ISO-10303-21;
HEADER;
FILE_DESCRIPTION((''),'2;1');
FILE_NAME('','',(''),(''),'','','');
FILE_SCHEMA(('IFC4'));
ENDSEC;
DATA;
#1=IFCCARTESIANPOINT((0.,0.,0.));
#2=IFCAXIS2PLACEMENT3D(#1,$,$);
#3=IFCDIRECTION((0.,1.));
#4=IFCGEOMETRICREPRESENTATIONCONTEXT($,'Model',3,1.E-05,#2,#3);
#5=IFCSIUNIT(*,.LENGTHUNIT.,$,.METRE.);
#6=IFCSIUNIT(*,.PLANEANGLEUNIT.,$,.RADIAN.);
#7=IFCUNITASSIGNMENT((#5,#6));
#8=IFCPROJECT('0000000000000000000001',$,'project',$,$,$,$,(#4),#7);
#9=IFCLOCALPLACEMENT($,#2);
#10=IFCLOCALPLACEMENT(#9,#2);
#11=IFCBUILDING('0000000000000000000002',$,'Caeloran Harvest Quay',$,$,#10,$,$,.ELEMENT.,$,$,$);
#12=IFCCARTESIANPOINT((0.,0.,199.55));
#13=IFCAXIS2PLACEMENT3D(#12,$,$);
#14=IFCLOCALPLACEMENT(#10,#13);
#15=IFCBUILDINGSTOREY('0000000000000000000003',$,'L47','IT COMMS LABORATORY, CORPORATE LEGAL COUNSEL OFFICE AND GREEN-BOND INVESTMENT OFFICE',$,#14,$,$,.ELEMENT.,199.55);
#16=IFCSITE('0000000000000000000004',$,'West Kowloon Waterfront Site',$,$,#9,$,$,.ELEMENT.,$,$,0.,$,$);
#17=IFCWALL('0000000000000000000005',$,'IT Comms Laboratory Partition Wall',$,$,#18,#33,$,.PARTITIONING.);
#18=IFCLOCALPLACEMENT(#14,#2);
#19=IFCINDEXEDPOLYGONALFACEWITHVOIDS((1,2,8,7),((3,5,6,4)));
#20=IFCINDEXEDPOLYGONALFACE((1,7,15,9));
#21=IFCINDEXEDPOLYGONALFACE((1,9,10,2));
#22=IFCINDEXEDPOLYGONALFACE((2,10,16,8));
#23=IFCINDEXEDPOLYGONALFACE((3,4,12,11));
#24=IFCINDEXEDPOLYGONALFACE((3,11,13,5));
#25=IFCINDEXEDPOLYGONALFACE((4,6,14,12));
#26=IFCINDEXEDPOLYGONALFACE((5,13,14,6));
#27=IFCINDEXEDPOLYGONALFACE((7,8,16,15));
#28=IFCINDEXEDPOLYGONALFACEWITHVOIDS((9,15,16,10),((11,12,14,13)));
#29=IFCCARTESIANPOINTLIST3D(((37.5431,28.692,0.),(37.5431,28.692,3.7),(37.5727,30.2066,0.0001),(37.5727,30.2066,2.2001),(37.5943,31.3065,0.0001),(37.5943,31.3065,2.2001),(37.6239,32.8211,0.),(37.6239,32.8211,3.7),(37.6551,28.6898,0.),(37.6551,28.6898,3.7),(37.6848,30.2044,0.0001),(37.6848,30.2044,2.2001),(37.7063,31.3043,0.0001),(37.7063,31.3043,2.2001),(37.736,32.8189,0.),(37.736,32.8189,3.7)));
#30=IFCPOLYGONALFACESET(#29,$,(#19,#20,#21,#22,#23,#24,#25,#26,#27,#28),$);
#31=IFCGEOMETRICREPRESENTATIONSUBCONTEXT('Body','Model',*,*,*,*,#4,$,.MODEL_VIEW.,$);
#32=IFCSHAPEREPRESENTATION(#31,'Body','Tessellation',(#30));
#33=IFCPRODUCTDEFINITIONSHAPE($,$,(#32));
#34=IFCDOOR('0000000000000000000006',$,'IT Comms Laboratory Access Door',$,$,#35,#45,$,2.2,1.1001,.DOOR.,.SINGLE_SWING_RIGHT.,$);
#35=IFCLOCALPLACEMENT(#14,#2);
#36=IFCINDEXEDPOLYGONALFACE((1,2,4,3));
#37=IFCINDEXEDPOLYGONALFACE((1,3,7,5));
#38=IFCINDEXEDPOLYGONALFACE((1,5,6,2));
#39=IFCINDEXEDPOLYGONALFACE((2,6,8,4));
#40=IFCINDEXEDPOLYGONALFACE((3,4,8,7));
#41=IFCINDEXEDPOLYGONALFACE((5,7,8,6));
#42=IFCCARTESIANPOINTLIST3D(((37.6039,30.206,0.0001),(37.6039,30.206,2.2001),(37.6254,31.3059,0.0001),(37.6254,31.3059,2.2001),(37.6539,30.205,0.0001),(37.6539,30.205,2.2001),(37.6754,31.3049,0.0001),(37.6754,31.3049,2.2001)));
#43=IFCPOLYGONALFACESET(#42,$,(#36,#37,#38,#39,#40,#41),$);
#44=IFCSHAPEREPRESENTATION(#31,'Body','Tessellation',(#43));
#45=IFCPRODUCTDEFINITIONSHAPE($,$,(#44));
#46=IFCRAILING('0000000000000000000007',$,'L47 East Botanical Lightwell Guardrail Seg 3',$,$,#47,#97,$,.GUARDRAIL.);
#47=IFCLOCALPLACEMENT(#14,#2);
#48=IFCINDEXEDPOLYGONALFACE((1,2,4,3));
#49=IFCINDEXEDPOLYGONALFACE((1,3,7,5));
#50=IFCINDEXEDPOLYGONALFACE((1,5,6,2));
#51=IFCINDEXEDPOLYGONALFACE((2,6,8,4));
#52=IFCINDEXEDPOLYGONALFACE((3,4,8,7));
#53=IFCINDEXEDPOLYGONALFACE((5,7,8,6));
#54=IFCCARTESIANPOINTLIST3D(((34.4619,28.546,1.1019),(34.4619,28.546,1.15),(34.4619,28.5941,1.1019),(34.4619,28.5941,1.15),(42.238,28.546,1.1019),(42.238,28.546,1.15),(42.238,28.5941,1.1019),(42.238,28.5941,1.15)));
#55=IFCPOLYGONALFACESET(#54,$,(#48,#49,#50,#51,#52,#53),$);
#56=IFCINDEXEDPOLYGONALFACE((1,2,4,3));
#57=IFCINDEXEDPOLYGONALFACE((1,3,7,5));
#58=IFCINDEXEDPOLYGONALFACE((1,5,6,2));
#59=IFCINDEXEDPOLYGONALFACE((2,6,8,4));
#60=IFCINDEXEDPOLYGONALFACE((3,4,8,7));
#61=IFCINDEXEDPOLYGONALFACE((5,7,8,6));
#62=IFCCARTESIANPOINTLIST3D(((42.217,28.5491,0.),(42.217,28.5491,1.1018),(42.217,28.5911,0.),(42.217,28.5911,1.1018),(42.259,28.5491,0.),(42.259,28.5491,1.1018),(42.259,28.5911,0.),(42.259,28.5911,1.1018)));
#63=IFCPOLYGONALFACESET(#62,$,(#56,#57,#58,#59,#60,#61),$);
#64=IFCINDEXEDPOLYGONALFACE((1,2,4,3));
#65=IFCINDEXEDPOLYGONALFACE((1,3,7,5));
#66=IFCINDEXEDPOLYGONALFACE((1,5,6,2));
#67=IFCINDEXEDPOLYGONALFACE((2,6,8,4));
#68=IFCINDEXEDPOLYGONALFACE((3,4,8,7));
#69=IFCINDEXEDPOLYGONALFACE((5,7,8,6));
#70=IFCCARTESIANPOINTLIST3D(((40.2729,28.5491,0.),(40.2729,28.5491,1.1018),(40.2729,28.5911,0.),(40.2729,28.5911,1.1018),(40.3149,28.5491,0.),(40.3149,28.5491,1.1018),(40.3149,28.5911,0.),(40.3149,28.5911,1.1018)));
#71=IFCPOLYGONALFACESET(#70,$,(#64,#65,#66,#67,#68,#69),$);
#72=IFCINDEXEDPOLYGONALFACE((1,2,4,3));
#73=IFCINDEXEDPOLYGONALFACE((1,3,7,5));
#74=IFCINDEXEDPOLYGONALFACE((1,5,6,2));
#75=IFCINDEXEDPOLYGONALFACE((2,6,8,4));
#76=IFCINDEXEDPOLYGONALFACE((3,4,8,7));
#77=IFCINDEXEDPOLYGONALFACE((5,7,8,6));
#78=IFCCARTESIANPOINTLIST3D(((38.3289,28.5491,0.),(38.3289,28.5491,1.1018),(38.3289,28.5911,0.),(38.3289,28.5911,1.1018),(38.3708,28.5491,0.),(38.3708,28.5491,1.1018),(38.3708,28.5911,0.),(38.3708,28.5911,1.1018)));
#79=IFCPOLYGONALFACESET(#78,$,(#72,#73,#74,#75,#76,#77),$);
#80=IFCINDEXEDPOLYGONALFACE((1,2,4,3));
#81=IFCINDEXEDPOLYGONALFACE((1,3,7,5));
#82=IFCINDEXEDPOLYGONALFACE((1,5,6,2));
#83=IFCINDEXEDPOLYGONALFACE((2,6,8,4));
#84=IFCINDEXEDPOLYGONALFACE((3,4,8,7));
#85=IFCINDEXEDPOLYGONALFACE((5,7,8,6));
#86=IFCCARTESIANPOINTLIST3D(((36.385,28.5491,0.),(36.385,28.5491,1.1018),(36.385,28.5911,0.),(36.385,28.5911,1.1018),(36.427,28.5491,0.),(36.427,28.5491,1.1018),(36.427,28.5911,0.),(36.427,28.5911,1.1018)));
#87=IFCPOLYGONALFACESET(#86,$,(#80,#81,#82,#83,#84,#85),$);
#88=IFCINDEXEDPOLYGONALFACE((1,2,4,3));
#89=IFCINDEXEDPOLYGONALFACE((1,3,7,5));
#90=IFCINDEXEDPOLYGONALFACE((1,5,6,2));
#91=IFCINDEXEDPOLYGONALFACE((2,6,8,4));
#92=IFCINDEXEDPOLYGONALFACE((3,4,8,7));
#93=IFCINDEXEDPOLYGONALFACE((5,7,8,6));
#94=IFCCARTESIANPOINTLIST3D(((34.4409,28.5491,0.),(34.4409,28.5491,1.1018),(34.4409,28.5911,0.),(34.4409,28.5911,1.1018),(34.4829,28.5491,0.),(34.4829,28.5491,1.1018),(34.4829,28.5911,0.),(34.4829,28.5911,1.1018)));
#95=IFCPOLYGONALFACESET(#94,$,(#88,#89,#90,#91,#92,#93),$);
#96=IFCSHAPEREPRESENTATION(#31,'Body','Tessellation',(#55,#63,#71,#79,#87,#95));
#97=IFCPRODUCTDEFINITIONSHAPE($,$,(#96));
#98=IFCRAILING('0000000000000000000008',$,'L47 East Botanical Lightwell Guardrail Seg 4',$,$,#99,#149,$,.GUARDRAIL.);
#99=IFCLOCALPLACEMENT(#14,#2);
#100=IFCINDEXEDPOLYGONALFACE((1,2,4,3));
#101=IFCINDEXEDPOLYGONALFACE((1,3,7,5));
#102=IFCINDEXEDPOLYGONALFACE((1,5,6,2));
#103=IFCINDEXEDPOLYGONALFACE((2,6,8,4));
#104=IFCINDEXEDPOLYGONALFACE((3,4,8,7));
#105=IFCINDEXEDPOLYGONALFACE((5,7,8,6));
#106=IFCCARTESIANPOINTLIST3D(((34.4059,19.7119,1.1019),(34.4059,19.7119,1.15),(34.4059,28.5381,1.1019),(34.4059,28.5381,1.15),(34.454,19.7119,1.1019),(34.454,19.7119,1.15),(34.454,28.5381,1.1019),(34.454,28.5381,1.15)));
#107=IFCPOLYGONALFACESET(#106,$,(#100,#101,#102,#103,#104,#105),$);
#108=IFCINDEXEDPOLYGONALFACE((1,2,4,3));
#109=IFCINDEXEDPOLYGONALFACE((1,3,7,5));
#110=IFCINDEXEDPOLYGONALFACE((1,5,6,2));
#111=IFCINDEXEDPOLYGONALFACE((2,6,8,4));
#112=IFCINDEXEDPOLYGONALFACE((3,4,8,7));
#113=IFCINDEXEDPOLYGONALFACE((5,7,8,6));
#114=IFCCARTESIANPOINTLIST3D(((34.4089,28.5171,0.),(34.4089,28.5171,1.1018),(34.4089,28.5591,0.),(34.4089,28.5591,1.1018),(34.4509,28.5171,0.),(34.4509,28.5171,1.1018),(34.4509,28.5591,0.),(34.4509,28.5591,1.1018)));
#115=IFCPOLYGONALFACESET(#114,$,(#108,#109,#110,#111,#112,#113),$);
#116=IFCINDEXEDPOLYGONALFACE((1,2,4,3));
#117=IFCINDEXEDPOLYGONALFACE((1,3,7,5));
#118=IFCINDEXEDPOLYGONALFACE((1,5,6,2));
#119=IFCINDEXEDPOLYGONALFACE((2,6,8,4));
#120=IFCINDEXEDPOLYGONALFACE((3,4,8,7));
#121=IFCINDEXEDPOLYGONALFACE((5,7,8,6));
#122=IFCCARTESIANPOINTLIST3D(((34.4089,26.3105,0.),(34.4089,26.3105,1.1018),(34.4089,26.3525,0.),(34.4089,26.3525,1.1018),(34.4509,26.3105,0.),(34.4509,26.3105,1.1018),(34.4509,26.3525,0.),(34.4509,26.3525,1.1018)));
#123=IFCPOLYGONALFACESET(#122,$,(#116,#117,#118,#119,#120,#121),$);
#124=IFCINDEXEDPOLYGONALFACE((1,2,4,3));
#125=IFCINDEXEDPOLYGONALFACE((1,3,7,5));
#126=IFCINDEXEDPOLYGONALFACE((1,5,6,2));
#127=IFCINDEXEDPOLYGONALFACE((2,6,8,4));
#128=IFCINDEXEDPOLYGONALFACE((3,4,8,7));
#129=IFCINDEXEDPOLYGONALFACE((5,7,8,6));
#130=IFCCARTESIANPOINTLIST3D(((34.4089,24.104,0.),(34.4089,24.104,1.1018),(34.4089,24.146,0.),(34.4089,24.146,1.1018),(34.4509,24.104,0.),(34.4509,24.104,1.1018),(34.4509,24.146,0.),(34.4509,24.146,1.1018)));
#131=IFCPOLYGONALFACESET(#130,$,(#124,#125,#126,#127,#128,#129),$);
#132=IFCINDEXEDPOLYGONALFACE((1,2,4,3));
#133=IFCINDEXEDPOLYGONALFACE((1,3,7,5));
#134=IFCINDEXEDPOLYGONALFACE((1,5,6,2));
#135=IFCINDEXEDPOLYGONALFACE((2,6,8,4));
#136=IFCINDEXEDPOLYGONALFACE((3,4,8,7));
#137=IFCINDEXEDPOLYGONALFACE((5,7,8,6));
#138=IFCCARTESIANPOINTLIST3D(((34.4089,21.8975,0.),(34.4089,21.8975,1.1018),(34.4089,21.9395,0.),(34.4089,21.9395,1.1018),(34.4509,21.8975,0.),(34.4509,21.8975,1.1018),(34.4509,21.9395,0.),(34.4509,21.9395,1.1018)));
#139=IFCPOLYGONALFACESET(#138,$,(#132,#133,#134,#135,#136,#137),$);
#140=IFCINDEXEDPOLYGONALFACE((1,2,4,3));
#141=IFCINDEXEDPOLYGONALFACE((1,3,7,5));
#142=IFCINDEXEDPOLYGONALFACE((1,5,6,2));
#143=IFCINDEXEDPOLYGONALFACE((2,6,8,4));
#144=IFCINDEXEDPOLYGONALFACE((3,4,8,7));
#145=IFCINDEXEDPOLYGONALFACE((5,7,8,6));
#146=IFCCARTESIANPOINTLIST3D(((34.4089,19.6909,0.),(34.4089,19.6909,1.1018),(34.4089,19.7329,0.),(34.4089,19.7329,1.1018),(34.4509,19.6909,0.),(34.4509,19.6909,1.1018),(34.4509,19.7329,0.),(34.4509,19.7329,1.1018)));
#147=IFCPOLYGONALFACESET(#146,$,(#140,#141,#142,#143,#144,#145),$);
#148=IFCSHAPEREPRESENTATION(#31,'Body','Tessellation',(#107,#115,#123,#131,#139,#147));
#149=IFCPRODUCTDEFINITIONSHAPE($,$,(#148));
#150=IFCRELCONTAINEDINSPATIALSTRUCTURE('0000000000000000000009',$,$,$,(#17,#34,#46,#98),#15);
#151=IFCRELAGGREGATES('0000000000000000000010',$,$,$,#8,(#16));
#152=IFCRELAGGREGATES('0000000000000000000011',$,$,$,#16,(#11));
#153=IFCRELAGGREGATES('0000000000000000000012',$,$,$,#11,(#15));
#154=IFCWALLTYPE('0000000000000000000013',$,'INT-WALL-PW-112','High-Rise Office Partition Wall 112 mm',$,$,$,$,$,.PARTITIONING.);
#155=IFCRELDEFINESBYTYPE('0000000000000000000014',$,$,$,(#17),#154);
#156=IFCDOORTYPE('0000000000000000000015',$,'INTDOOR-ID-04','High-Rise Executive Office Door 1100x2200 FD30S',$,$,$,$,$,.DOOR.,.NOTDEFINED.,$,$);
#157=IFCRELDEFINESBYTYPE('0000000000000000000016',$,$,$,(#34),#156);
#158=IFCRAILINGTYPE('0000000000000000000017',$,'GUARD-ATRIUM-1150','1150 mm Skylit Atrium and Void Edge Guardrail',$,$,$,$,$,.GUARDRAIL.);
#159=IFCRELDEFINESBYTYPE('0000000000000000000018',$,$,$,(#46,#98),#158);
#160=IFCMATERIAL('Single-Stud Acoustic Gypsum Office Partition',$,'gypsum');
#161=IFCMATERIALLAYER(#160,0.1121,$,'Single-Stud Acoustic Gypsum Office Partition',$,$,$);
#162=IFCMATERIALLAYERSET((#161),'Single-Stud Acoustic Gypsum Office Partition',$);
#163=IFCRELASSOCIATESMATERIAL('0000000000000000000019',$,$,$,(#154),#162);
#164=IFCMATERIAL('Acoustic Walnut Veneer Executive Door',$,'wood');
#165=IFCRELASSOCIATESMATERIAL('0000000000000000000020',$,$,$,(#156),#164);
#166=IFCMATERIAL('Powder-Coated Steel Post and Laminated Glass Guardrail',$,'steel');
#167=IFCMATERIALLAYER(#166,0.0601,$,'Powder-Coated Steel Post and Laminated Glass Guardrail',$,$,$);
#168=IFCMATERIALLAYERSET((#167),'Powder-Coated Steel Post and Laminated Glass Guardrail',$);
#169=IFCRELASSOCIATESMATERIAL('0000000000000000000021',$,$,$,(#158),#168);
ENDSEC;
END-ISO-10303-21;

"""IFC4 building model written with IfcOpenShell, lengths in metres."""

from ifc_helpers import new_model, si_unit, direction, frame, frame_2d, origin, origin_2d, place, context, subcontext, project, spatial, rectangle, extrude, material, layer, layer_set, type_object, element, fill, save


model = new_model("IFC4")

# Units and contexts
model_context = context("Model", 3, precision=1e-05, world=origin(), true_north=direction((0.0, 1.0)))
body_context = subcontext(model_context, "Body", "Model", "MODEL_VIEW")
ifc_project = project(units=[si_unit("LENGTHUNIT", "METRE"), si_unit("PLANEANGLEUNIT", "RADIAN")], contexts=[model_context])

# Site, building, storey
site_placement = place(None, origin())
site = spatial("IfcSite", under=ifc_project, at=site_placement, Name="West Kowloon Waterfront Site", CompositionType="ELEMENT", RefElevation=0.0)
building_placement = place(site_placement, origin())
building = spatial("IfcBuilding", under=site, at=building_placement, Name="Caeloran Harvest Quay", CompositionType="ELEMENT")
storey_placement = place(building_placement, frame((0.0, 0.0, 199.55)))
storey = spatial("IfcBuildingStorey", under=building, at=storey_placement, Name="L47", Description="IT COMMS LABORATORY, CORPORATE LEGAL COUNSEL OFFICE AND GREEN-BOND INVESTMENT OFFICE", CompositionType="ELEMENT", Elevation=199.55)

# Shared definitions
ifc_material_1 = material(Name="Single-Stud Acoustic Gypsum Office Partition", Category="gypsum")
ifc_layer_1 = layer(ifc_material_1, 0.1121, Name="Single-Stud Acoustic Gypsum Office Partition")
ifc_layer_set_1 = layer_set([ifc_layer_1], Name="Single-Stud Acoustic Gypsum Office Partition")
wall_type_1 = type_object("IfcWallType", Name="INT-WALL-PW-112", Description="High-Rise Office Partition Wall 112 mm", PredefinedType="PARTITIONING", material=ifc_layer_set_1)

# Shared definitions
ifc_material_2 = material(Name="Acoustic Walnut Veneer Executive Door", Category="wood")
door_type = type_object("IfcDoorType", Name="INTDOOR-ID-04", Description="High-Rise Executive Office Door 1100x2200 FD30S", OperationType="NOTDEFINED", PredefinedType="DOOR", material=ifc_material_2)

# Wall, opening, door
wall_1_placement = place(storey_placement, frame((37.5991, 28.6909, 0.0), z_axis=(0.0, 0.0, 1.0), x_axis=(0.019567, 0.999809, 0.0)))
wall_1 = element("IfcWall", 1, at=wall_1_placement, inside=storey, type_object=wall_type_1, Name="IT Comms Laboratory Partition Wall", PredefinedType="PARTITIONING", context=body_context, shape_type="SweptSolid", body=[
    extrude(rectangle(XDim=4.1299, YDim=0.1121, at=frame_2d((2.0649, 0.0))), origin(), (0.0, 0.0, 1.0), 3.7),
])
opening_1_placement = place(wall_1_placement, frame((1.5149, 0.0, 0.0)))
opening_1 = element("IfcOpeningElement", 2, at=opening_1_placement, cuts=wall_1, PredefinedType="OPENING", context=body_context, shape_type="SweptSolid", body=[
    extrude(rectangle(XDim=1.1001, YDim=2.2, at=frame_2d((0.55, 1.1001))), frame((0.0, 0.0659, 0.0), z_axis=(0.0, -1.0, 0.0), x_axis=(1.0, 0.0, 0.0)), (0.0, 0.0, 1.0), 0.1321),
])
door_1_placement = place(opening_1_placement, origin())
door_1 = element("IfcDoor", 3, at=door_1_placement, inside=storey, type_object=door_type, Name="IT Comms Laboratory Access Door", OperationType="SINGLE_SWING_RIGHT", OverallHeight=2.2, OverallWidth=1.1001, PredefinedType="DOOR", context=body_context, shape_type="SweptSolid", body=[
    extrude(rectangle(XDim=1.1001, YDim=2.2, at=frame_2d((0.55, 1.1001))), frame((0.0, 0.0249, 0.0), z_axis=(0.0, -1.0, 0.0), x_axis=(1.0, 0.0, 0.0)), (0.0, 0.0, 1.0), 0.05),
])
fill(opening_1, door_1)

# Railings
ifc_material_3 = material(Name="Powder-Coated Steel Post and Laminated Glass Guardrail", Category="steel")
ifc_layer_2 = layer(ifc_material_3, 0.0601, Name="Powder-Coated Steel Post and Laminated Glass Guardrail")
ifc_layer_set_2 = layer_set([ifc_layer_2], Name="Powder-Coated Steel Post and Laminated Glass Guardrail")
railing_type = type_object("IfcRailingType", Name="GUARD-ATRIUM-1150", Description="1150 mm Skylit Atrium and Void Edge Guardrail", PredefinedType="GUARDRAIL", material=ifc_layer_set_2)
railing_1_placement = place(storey_placement, frame((42.238, 28.5701, 0.0)))
element("IfcRailing", 4, at=railing_1_placement, inside=storey, type_object=railing_type, Name="L47 East Botanical Lightwell Guardrail Seg 3", PredefinedType="GUARDRAIL", context=body_context, shape_type="SweptSolid", body=[
    extrude(rectangle(XDim=0.0481, YDim=0.0481, at=origin_2d()), frame((0.0, 0.0, 1.126), z_axis=(-1.0, 0.0, 0.0), x_axis=(0.0, -1.0, 0.0)), (0.0, 0.0, 1.0), 7.7761),
    extrude(rectangle(XDim=0.042, YDim=0.042, at=origin_2d()), origin(), (0.0, 0.0, 1.0), 1.1018),
    extrude(rectangle(XDim=0.042, YDim=0.042, at=origin_2d()), frame((-1.9441, 0.0, 0.0)), (0.0, 0.0, 1.0), 1.1018),
    extrude(rectangle(XDim=0.042, YDim=0.042, at=origin_2d()), frame((-3.8882, 0.0, 0.0)), (0.0, 0.0, 1.0), 1.1018),
    extrude(rectangle(XDim=0.042, YDim=0.042, at=origin_2d()), frame((-5.832, 0.0, 0.0)), (0.0, 0.0, 1.0), 1.1018),
    extrude(rectangle(XDim=0.042, YDim=0.042, at=origin_2d()), frame((-7.7761, 0.0, 0.0)), (0.0, 0.0, 1.0), 1.1018),
])
railing_2_placement = place(storey_placement, frame((34.4299, 28.5381, 0.0)))
element("IfcRailing", 5, at=railing_2_placement, inside=storey, type_object=railing_type, Name="L47 East Botanical Lightwell Guardrail Seg 4", PredefinedType="GUARDRAIL", context=body_context, shape_type="SweptSolid", body=[
    extrude(rectangle(XDim=0.0481, YDim=0.0481, at=origin_2d()), frame((0.0, 0.0, 1.126), z_axis=(0.0, -1.0, 0.0), x_axis=(1.0, 0.0, 0.0)), (0.0, 0.0, 1.0), 8.8262),
    extrude(rectangle(XDim=0.042, YDim=0.042, at=origin_2d()), origin(), (0.0, 0.0, 1.0), 1.1018),
    extrude(rectangle(XDim=0.042, YDim=0.042, at=origin_2d()), frame((0.0, -2.2065, 0.0)), (0.0, 0.0, 1.0), 1.1018),
    extrude(rectangle(XDim=0.042, YDim=0.042, at=origin_2d()), frame((0.0, -4.4131, 0.0)), (0.0, 0.0, 1.0), 1.1018),
    extrude(rectangle(XDim=0.042, YDim=0.042, at=origin_2d()), frame((0.0, -6.6196, 0.0)), (0.0, 0.0, 1.0), 1.1018),
    extrude(rectangle(XDim=0.042, YDim=0.042, at=origin_2d()), frame((0.0, -8.8262, 0.0)), (0.0, 0.0, 1.0), 1.1018),
])

save(model, "model.ifc")
